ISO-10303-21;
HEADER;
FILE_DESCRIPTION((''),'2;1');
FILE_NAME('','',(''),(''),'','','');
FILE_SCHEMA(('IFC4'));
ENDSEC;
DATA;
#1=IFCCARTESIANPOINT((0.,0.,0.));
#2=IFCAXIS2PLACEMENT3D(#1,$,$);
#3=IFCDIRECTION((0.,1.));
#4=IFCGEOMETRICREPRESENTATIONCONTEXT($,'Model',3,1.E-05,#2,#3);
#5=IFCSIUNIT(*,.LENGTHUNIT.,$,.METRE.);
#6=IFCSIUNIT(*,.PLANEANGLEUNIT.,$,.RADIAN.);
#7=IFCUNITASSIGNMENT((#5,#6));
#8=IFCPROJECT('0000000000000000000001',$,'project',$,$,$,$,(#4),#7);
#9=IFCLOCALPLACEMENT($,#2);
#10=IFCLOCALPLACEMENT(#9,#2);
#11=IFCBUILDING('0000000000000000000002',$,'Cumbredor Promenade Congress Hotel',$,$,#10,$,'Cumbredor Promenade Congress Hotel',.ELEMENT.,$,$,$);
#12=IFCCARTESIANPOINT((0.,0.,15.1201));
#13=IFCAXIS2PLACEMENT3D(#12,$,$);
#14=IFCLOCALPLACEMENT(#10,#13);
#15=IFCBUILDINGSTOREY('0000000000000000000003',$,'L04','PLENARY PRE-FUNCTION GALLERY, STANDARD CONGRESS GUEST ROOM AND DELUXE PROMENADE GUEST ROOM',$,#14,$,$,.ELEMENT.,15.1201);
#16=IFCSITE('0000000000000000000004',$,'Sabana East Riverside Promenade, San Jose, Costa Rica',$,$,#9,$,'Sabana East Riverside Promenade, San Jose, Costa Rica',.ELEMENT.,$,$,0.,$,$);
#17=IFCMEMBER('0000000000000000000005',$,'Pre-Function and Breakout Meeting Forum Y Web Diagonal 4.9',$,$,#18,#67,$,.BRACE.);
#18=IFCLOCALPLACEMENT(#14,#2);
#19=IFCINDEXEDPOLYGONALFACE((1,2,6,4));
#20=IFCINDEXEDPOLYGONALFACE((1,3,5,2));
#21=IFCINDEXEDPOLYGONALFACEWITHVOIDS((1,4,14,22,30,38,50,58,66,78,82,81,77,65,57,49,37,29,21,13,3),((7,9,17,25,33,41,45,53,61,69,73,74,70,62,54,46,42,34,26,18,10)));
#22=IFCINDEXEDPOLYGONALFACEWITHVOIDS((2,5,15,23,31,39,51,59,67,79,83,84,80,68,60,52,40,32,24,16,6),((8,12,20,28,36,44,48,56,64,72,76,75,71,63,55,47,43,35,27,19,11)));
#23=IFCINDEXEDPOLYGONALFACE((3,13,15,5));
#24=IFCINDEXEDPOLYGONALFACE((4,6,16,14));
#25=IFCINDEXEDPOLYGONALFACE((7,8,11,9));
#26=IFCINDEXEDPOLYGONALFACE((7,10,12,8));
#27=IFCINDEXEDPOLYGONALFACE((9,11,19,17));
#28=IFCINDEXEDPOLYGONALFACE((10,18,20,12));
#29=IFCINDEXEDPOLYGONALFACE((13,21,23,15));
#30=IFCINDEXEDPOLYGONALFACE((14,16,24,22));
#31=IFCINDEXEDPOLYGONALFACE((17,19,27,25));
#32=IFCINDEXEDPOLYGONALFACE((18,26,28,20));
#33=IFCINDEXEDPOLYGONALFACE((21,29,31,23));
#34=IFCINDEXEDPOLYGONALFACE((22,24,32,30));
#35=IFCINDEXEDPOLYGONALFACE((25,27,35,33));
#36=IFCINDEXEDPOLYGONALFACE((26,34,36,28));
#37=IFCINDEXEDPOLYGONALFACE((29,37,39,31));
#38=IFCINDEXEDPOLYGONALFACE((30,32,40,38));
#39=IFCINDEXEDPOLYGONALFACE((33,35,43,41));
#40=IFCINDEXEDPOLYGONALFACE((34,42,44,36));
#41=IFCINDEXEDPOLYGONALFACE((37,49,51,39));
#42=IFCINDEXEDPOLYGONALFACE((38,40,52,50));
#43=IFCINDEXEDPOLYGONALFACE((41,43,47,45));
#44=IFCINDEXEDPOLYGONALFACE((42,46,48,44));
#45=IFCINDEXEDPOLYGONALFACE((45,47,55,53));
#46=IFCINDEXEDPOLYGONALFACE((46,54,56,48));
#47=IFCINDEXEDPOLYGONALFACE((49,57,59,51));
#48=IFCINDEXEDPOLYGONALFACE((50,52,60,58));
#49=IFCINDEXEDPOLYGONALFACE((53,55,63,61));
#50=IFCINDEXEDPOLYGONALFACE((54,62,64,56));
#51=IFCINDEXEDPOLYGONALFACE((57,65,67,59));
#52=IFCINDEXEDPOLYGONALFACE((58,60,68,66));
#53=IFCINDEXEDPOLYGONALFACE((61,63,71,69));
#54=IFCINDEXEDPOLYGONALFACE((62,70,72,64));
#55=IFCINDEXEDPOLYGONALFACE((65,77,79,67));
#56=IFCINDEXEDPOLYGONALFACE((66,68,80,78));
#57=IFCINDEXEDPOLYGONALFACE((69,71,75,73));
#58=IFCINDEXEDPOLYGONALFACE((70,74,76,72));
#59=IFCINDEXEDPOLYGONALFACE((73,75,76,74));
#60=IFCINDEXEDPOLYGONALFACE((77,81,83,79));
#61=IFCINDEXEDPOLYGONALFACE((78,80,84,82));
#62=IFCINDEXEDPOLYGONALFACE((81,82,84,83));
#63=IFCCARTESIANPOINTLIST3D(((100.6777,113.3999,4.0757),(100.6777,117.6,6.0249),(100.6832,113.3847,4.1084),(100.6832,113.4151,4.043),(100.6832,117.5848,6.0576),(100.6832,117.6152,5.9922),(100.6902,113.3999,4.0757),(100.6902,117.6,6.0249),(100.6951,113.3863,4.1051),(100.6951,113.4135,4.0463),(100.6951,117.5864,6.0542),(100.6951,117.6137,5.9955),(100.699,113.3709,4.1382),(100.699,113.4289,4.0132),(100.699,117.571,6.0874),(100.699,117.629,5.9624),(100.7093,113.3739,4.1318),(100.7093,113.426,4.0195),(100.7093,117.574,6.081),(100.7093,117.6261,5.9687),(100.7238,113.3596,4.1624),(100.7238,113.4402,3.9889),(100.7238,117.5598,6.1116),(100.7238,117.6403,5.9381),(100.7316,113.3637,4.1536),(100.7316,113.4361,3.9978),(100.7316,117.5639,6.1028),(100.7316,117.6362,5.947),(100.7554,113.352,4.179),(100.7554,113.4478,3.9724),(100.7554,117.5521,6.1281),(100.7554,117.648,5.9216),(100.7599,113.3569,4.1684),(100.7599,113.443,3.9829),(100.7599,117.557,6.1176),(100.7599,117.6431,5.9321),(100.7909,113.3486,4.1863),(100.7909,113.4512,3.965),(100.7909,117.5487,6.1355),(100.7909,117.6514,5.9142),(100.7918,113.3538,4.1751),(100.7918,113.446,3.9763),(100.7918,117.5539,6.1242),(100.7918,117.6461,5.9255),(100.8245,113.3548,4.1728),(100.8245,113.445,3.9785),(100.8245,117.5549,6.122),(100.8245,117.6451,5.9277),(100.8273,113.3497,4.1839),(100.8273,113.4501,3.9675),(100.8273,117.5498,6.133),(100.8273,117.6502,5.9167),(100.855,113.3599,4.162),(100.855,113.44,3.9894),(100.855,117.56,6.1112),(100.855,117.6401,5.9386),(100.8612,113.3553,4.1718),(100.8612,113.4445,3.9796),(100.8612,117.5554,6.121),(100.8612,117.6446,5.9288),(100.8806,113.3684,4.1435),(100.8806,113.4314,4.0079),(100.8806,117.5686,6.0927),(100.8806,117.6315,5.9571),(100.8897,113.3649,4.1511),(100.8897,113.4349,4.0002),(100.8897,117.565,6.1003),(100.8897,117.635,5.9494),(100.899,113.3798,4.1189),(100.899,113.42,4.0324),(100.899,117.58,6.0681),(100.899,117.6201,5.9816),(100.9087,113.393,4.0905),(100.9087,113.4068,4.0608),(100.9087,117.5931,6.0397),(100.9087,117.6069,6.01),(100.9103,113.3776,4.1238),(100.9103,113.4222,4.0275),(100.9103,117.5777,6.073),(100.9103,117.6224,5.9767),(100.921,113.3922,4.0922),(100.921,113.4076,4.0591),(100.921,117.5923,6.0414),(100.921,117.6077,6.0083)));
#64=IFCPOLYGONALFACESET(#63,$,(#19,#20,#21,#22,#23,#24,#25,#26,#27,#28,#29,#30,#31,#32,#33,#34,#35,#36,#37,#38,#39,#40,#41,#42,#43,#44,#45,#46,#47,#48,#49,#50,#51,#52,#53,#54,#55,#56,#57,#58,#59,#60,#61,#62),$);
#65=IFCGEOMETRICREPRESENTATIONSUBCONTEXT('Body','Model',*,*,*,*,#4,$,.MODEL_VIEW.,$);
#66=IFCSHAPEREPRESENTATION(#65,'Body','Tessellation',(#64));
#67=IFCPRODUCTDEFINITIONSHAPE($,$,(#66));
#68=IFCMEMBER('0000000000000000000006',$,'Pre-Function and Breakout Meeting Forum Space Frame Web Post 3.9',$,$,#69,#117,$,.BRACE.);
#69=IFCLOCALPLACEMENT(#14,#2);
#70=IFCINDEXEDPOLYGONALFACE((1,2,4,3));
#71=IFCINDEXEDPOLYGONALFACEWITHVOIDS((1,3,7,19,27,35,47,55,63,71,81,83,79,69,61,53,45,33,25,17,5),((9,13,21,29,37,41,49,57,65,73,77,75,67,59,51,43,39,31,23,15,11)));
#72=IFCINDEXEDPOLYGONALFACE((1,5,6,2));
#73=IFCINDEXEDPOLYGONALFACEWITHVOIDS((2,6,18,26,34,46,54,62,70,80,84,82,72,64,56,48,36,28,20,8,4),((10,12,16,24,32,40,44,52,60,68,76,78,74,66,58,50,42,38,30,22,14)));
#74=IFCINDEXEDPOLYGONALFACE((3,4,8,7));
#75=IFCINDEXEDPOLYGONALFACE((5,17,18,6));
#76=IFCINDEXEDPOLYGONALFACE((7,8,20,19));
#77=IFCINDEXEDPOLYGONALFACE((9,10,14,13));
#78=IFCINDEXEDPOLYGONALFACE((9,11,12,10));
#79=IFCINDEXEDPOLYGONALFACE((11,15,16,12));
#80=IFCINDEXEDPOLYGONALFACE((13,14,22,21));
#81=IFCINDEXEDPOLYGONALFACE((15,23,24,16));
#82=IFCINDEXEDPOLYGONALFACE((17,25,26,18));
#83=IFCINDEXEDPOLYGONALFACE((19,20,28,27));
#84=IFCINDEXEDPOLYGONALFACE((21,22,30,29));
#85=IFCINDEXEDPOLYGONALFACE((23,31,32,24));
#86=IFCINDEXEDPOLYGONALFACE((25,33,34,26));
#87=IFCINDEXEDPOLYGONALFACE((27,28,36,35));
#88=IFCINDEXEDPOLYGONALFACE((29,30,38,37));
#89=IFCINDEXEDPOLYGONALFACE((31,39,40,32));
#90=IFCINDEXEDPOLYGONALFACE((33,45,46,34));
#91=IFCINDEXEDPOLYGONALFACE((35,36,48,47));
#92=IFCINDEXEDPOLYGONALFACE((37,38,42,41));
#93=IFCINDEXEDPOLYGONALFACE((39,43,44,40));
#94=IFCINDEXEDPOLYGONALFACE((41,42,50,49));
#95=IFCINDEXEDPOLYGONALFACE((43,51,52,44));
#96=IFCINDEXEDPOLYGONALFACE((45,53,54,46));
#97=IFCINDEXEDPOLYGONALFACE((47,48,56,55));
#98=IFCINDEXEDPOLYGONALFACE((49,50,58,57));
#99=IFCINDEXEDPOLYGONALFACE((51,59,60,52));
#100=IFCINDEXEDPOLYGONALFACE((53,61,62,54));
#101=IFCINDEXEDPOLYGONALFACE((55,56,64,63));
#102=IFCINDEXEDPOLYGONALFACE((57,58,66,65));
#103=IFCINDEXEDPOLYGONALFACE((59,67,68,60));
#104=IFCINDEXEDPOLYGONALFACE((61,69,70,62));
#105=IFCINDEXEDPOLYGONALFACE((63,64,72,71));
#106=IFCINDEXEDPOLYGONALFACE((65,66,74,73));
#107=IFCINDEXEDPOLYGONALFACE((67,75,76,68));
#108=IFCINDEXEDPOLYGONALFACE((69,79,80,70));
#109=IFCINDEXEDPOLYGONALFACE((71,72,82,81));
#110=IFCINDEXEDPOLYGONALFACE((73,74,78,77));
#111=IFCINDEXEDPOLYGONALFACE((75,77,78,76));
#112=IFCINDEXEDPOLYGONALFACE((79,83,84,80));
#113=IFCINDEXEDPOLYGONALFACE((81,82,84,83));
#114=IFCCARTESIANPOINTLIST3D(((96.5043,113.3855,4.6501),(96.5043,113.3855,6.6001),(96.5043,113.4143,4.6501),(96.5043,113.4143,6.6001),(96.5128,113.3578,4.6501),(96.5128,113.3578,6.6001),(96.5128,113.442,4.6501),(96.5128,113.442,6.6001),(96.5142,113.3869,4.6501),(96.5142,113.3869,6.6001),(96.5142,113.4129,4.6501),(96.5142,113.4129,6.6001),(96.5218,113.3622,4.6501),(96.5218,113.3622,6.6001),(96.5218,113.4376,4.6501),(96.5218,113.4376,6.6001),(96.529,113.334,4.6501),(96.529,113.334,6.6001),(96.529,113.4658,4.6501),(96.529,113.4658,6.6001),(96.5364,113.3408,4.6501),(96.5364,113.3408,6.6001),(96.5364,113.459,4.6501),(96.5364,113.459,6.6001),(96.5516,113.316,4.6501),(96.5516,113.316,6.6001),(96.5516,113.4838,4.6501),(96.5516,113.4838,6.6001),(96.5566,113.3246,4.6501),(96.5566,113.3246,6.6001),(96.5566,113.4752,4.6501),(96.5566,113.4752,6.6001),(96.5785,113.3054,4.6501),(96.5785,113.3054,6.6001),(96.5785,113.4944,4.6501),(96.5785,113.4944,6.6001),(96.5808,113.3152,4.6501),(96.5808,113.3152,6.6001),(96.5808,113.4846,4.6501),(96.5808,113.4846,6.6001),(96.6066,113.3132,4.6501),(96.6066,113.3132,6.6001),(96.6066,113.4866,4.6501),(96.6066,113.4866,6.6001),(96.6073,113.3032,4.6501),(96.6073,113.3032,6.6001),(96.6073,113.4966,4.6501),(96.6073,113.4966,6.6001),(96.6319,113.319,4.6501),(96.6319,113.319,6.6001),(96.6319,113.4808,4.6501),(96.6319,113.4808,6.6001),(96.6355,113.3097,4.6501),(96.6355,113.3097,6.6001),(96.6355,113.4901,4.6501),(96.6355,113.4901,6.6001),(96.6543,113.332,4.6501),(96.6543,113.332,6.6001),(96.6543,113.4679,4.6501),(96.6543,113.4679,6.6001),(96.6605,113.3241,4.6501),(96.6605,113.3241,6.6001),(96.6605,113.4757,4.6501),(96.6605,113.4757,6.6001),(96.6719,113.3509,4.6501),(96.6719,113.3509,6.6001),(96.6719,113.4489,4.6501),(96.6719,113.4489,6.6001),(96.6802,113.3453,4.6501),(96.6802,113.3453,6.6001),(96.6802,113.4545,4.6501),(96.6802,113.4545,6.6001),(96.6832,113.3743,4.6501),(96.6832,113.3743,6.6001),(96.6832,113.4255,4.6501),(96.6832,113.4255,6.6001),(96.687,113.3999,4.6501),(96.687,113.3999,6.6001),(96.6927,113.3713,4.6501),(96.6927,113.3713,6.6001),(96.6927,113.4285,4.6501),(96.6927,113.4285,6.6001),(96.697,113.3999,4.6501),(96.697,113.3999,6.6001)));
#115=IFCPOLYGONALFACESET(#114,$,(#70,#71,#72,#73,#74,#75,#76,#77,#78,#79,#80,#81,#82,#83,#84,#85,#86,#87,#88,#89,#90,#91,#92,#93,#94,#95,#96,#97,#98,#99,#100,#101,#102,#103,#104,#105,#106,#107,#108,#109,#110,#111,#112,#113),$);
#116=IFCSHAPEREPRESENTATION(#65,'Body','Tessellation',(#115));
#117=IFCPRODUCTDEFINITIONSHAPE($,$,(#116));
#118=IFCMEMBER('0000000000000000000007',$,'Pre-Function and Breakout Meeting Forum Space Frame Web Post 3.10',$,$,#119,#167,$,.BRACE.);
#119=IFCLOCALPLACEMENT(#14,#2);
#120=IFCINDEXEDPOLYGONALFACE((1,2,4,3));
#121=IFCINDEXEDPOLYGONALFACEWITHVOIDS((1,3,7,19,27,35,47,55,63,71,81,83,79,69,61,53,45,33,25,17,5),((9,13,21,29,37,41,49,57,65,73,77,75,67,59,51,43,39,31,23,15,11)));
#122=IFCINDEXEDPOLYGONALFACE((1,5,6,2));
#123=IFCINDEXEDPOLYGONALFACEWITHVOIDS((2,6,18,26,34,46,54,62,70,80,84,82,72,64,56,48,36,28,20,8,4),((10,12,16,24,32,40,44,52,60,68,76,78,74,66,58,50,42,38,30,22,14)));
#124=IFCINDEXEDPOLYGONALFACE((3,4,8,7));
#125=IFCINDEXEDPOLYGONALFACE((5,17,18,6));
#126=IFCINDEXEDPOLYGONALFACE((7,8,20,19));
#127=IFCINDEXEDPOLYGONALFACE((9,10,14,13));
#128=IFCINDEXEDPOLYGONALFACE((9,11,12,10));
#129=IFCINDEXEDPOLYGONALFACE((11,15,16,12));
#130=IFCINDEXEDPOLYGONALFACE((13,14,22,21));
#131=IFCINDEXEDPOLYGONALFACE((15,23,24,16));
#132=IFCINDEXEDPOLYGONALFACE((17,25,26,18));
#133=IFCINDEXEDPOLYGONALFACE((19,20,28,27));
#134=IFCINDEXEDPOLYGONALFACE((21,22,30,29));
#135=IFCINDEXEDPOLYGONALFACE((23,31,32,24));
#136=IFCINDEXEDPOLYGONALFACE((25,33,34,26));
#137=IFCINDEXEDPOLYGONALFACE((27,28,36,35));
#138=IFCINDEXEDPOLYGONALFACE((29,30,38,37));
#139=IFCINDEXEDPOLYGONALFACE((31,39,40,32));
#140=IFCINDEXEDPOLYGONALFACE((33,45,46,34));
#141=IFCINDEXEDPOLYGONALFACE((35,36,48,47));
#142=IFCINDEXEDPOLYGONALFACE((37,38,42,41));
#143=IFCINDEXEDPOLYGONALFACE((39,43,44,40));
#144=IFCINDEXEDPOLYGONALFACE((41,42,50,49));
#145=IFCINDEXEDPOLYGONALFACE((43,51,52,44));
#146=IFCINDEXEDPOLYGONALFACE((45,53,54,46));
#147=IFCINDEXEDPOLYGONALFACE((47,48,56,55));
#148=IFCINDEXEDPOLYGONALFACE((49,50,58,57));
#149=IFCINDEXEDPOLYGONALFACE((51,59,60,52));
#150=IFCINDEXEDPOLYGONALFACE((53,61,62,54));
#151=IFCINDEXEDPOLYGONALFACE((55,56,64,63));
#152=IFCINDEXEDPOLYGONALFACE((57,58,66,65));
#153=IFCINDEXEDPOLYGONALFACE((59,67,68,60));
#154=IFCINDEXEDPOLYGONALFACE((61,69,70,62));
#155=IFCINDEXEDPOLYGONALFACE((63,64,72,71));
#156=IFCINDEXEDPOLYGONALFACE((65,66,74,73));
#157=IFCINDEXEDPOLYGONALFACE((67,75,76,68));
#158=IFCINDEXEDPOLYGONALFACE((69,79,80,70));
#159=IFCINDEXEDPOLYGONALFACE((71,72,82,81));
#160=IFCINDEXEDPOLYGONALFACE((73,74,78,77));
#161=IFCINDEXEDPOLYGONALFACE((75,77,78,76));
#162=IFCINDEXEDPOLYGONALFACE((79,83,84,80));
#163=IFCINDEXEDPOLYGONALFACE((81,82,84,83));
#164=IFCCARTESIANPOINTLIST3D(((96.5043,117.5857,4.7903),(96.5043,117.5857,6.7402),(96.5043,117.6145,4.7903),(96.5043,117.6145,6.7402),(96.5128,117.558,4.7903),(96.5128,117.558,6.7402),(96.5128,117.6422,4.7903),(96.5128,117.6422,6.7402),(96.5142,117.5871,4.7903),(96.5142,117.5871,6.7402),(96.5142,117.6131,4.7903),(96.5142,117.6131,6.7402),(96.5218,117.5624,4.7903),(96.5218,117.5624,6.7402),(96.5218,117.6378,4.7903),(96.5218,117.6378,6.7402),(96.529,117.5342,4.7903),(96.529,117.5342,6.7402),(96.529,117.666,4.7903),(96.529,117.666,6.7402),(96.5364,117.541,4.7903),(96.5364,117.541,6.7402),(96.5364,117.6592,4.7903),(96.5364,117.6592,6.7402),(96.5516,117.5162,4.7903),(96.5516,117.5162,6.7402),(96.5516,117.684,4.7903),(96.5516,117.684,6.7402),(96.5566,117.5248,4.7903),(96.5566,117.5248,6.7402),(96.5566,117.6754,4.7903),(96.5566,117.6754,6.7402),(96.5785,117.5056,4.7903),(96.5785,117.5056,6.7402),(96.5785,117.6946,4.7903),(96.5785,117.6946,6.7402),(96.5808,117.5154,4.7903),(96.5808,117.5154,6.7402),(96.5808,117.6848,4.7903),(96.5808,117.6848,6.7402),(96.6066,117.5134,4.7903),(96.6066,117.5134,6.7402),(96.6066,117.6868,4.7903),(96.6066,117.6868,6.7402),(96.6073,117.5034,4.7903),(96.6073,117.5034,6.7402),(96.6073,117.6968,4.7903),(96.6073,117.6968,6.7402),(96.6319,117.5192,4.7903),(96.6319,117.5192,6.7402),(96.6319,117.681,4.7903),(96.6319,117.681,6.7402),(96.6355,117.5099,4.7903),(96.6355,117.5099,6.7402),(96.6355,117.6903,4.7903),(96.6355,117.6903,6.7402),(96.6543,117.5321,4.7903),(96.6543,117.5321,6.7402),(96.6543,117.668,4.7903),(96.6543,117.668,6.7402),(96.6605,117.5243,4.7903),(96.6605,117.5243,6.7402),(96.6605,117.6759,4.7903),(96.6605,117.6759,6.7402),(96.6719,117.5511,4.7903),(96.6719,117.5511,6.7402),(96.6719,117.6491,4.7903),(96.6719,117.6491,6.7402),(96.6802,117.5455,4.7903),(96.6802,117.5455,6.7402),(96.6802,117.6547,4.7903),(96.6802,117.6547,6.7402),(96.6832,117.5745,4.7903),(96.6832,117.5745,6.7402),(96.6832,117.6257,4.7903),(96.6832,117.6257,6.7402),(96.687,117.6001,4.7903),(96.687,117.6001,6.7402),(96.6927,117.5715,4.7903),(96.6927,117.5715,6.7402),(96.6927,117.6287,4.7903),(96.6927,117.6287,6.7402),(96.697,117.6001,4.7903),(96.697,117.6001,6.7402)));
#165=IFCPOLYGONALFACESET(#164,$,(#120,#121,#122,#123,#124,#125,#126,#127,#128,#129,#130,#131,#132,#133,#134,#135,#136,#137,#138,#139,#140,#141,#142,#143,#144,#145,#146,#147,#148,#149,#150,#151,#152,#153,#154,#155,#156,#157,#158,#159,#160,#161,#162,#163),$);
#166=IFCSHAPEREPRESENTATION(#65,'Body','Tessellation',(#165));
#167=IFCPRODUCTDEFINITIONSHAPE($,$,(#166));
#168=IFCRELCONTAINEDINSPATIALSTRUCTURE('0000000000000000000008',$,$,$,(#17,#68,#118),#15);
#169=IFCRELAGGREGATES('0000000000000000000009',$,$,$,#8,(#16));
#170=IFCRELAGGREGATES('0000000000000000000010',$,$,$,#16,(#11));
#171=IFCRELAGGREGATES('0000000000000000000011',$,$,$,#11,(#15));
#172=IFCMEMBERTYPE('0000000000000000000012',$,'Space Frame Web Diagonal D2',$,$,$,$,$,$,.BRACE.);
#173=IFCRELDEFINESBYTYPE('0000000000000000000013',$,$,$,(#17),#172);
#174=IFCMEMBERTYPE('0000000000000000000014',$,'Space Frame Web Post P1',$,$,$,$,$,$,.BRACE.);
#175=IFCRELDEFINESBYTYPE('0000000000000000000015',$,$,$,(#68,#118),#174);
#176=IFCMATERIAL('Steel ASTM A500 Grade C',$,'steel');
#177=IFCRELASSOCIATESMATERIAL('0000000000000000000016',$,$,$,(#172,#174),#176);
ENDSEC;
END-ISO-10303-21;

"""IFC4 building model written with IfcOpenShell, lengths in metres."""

from ifc_helpers import new_model, si_unit, direction, frame, origin, origin_2d, place, context, subcontext, project, spatial, hollow_circle, extrude, material, material_profile, profile_set, type_object, element, save


model = new_model("IFC4")

# Units and contexts
model_context = context("Model", 3, precision=1e-05, world=origin(), true_north=direction((0.0, 1.0)))
body_context = subcontext(model_context, "Body", "Model", "MODEL_VIEW")
ifc_project = project(units=[si_unit("LENGTHUNIT", "METRE"), si_unit("PLANEANGLEUNIT", "RADIAN")], contexts=[model_context])

# Site, building, storey
site_placement = place(None, origin())
site = spatial("IfcSite", under=ifc_project, at=site_placement, Name="Sabana East Riverside Promenade, San Jose, Costa Rica", LongName="Sabana East Riverside Promenade, San Jose, Costa Rica", CompositionType="ELEMENT", RefElevation=0.0)
building_placement = place(site_placement, origin())
building = spatial("IfcBuilding", under=site, at=building_placement, Name="Cumbredor Promenade Congress Hotel", LongName="Cumbredor Promenade Congress Hotel", CompositionType="ELEMENT")
storey_placement = place(building_placement, frame((0.0, 0.0, 15.1201)))
storey = spatial("IfcBuildingStorey", under=building, at=storey_placement, Name="L04", Description="PLENARY PRE-FUNCTION GALLERY, STANDARD CONGRESS GUEST ROOM AND DELUXE PROMENADE GUEST ROOM", CompositionType="ELEMENT", Elevation=15.1201)

# Members
ifc_material_1 = material(Name="Steel ASTM A500 Grade C", Category="steel")
ifc_material_profile_1 = material_profile(ifc_material_1, hollow_circle(Radius=0.1223, WallThickness=0.0125, at=origin_2d()), Name="CHS 244.5x12.5")
ifc_profile_set_1 = profile_set([ifc_material_profile_1], Name="Steel ASTM A500 Grade C")
member_type_1 = type_object("IfcMemberType", Name="Space Frame Web Diagonal D2", PredefinedType="BRACE", material=ifc_profile_set_1)
member_1_placement = place(storey_placement, frame((100.8, 113.3999, 4.0757), z_axis=(0.0, 0.907081, 0.420956), x_axis=(-1.0, 0.0, 0.0)))
element("IfcMember", 1, at=member_1_placement, inside=storey, type_object=member_type_1, Name="Pre-Function and Breakout Meeting Forum Y Web Diagonal 4.9", PredefinedType="BRACE", context=body_context, shape_type="SweptSolid", body=[
    extrude(hollow_circle(Radius=0.1223, WallThickness=0.0125, at=origin_2d()), origin(), (0.0, 0.0, 1.0), 4.6304),
])
ifc_material_profile_2 = material_profile(ifc_material_1, hollow_circle(Radius=0.0969, WallThickness=0.01, at=origin_2d()), Name="CHS 193.7x10")
ifc_profile_set_2 = profile_set([ifc_material_profile_2], Name="Steel ASTM A500 Grade C")
member_type_2 = type_object("IfcMemberType", Name="Space Frame Web Post P1", PredefinedType="BRACE", material=ifc_profile_set_2)
for number, where, z_axis, x_axis, name in (
    (2, (96.6001, 113.3999, 4.6501), (0.0, 0.0, 1.0), (1.0, 0.0, 0.0), "Pre-Function and Breakout Meeting Forum Space Frame Web Post 3.9"),
    (3, (96.6001, 117.6001, 4.7903), (0.0, 0.0, 1.0), (1.0, 0.0, 0.0), "Pre-Function and Breakout Meeting Forum Space Frame Web Post 3.10"),
):
    element("IfcMember", number, at=place(storey_placement, frame(where, z_axis=z_axis, x_axis=x_axis)), inside=storey, type_object=member_type_2, Name=name, PredefinedType="BRACE", context=body_context, shape_type="SweptSolid", body=[
        extrude(hollow_circle(Radius=0.0969, WallThickness=0.01, at=origin_2d()), origin(), (0.0, 0.0, 1.0), 1.95),
    ])

save(model, "model.ifc")
